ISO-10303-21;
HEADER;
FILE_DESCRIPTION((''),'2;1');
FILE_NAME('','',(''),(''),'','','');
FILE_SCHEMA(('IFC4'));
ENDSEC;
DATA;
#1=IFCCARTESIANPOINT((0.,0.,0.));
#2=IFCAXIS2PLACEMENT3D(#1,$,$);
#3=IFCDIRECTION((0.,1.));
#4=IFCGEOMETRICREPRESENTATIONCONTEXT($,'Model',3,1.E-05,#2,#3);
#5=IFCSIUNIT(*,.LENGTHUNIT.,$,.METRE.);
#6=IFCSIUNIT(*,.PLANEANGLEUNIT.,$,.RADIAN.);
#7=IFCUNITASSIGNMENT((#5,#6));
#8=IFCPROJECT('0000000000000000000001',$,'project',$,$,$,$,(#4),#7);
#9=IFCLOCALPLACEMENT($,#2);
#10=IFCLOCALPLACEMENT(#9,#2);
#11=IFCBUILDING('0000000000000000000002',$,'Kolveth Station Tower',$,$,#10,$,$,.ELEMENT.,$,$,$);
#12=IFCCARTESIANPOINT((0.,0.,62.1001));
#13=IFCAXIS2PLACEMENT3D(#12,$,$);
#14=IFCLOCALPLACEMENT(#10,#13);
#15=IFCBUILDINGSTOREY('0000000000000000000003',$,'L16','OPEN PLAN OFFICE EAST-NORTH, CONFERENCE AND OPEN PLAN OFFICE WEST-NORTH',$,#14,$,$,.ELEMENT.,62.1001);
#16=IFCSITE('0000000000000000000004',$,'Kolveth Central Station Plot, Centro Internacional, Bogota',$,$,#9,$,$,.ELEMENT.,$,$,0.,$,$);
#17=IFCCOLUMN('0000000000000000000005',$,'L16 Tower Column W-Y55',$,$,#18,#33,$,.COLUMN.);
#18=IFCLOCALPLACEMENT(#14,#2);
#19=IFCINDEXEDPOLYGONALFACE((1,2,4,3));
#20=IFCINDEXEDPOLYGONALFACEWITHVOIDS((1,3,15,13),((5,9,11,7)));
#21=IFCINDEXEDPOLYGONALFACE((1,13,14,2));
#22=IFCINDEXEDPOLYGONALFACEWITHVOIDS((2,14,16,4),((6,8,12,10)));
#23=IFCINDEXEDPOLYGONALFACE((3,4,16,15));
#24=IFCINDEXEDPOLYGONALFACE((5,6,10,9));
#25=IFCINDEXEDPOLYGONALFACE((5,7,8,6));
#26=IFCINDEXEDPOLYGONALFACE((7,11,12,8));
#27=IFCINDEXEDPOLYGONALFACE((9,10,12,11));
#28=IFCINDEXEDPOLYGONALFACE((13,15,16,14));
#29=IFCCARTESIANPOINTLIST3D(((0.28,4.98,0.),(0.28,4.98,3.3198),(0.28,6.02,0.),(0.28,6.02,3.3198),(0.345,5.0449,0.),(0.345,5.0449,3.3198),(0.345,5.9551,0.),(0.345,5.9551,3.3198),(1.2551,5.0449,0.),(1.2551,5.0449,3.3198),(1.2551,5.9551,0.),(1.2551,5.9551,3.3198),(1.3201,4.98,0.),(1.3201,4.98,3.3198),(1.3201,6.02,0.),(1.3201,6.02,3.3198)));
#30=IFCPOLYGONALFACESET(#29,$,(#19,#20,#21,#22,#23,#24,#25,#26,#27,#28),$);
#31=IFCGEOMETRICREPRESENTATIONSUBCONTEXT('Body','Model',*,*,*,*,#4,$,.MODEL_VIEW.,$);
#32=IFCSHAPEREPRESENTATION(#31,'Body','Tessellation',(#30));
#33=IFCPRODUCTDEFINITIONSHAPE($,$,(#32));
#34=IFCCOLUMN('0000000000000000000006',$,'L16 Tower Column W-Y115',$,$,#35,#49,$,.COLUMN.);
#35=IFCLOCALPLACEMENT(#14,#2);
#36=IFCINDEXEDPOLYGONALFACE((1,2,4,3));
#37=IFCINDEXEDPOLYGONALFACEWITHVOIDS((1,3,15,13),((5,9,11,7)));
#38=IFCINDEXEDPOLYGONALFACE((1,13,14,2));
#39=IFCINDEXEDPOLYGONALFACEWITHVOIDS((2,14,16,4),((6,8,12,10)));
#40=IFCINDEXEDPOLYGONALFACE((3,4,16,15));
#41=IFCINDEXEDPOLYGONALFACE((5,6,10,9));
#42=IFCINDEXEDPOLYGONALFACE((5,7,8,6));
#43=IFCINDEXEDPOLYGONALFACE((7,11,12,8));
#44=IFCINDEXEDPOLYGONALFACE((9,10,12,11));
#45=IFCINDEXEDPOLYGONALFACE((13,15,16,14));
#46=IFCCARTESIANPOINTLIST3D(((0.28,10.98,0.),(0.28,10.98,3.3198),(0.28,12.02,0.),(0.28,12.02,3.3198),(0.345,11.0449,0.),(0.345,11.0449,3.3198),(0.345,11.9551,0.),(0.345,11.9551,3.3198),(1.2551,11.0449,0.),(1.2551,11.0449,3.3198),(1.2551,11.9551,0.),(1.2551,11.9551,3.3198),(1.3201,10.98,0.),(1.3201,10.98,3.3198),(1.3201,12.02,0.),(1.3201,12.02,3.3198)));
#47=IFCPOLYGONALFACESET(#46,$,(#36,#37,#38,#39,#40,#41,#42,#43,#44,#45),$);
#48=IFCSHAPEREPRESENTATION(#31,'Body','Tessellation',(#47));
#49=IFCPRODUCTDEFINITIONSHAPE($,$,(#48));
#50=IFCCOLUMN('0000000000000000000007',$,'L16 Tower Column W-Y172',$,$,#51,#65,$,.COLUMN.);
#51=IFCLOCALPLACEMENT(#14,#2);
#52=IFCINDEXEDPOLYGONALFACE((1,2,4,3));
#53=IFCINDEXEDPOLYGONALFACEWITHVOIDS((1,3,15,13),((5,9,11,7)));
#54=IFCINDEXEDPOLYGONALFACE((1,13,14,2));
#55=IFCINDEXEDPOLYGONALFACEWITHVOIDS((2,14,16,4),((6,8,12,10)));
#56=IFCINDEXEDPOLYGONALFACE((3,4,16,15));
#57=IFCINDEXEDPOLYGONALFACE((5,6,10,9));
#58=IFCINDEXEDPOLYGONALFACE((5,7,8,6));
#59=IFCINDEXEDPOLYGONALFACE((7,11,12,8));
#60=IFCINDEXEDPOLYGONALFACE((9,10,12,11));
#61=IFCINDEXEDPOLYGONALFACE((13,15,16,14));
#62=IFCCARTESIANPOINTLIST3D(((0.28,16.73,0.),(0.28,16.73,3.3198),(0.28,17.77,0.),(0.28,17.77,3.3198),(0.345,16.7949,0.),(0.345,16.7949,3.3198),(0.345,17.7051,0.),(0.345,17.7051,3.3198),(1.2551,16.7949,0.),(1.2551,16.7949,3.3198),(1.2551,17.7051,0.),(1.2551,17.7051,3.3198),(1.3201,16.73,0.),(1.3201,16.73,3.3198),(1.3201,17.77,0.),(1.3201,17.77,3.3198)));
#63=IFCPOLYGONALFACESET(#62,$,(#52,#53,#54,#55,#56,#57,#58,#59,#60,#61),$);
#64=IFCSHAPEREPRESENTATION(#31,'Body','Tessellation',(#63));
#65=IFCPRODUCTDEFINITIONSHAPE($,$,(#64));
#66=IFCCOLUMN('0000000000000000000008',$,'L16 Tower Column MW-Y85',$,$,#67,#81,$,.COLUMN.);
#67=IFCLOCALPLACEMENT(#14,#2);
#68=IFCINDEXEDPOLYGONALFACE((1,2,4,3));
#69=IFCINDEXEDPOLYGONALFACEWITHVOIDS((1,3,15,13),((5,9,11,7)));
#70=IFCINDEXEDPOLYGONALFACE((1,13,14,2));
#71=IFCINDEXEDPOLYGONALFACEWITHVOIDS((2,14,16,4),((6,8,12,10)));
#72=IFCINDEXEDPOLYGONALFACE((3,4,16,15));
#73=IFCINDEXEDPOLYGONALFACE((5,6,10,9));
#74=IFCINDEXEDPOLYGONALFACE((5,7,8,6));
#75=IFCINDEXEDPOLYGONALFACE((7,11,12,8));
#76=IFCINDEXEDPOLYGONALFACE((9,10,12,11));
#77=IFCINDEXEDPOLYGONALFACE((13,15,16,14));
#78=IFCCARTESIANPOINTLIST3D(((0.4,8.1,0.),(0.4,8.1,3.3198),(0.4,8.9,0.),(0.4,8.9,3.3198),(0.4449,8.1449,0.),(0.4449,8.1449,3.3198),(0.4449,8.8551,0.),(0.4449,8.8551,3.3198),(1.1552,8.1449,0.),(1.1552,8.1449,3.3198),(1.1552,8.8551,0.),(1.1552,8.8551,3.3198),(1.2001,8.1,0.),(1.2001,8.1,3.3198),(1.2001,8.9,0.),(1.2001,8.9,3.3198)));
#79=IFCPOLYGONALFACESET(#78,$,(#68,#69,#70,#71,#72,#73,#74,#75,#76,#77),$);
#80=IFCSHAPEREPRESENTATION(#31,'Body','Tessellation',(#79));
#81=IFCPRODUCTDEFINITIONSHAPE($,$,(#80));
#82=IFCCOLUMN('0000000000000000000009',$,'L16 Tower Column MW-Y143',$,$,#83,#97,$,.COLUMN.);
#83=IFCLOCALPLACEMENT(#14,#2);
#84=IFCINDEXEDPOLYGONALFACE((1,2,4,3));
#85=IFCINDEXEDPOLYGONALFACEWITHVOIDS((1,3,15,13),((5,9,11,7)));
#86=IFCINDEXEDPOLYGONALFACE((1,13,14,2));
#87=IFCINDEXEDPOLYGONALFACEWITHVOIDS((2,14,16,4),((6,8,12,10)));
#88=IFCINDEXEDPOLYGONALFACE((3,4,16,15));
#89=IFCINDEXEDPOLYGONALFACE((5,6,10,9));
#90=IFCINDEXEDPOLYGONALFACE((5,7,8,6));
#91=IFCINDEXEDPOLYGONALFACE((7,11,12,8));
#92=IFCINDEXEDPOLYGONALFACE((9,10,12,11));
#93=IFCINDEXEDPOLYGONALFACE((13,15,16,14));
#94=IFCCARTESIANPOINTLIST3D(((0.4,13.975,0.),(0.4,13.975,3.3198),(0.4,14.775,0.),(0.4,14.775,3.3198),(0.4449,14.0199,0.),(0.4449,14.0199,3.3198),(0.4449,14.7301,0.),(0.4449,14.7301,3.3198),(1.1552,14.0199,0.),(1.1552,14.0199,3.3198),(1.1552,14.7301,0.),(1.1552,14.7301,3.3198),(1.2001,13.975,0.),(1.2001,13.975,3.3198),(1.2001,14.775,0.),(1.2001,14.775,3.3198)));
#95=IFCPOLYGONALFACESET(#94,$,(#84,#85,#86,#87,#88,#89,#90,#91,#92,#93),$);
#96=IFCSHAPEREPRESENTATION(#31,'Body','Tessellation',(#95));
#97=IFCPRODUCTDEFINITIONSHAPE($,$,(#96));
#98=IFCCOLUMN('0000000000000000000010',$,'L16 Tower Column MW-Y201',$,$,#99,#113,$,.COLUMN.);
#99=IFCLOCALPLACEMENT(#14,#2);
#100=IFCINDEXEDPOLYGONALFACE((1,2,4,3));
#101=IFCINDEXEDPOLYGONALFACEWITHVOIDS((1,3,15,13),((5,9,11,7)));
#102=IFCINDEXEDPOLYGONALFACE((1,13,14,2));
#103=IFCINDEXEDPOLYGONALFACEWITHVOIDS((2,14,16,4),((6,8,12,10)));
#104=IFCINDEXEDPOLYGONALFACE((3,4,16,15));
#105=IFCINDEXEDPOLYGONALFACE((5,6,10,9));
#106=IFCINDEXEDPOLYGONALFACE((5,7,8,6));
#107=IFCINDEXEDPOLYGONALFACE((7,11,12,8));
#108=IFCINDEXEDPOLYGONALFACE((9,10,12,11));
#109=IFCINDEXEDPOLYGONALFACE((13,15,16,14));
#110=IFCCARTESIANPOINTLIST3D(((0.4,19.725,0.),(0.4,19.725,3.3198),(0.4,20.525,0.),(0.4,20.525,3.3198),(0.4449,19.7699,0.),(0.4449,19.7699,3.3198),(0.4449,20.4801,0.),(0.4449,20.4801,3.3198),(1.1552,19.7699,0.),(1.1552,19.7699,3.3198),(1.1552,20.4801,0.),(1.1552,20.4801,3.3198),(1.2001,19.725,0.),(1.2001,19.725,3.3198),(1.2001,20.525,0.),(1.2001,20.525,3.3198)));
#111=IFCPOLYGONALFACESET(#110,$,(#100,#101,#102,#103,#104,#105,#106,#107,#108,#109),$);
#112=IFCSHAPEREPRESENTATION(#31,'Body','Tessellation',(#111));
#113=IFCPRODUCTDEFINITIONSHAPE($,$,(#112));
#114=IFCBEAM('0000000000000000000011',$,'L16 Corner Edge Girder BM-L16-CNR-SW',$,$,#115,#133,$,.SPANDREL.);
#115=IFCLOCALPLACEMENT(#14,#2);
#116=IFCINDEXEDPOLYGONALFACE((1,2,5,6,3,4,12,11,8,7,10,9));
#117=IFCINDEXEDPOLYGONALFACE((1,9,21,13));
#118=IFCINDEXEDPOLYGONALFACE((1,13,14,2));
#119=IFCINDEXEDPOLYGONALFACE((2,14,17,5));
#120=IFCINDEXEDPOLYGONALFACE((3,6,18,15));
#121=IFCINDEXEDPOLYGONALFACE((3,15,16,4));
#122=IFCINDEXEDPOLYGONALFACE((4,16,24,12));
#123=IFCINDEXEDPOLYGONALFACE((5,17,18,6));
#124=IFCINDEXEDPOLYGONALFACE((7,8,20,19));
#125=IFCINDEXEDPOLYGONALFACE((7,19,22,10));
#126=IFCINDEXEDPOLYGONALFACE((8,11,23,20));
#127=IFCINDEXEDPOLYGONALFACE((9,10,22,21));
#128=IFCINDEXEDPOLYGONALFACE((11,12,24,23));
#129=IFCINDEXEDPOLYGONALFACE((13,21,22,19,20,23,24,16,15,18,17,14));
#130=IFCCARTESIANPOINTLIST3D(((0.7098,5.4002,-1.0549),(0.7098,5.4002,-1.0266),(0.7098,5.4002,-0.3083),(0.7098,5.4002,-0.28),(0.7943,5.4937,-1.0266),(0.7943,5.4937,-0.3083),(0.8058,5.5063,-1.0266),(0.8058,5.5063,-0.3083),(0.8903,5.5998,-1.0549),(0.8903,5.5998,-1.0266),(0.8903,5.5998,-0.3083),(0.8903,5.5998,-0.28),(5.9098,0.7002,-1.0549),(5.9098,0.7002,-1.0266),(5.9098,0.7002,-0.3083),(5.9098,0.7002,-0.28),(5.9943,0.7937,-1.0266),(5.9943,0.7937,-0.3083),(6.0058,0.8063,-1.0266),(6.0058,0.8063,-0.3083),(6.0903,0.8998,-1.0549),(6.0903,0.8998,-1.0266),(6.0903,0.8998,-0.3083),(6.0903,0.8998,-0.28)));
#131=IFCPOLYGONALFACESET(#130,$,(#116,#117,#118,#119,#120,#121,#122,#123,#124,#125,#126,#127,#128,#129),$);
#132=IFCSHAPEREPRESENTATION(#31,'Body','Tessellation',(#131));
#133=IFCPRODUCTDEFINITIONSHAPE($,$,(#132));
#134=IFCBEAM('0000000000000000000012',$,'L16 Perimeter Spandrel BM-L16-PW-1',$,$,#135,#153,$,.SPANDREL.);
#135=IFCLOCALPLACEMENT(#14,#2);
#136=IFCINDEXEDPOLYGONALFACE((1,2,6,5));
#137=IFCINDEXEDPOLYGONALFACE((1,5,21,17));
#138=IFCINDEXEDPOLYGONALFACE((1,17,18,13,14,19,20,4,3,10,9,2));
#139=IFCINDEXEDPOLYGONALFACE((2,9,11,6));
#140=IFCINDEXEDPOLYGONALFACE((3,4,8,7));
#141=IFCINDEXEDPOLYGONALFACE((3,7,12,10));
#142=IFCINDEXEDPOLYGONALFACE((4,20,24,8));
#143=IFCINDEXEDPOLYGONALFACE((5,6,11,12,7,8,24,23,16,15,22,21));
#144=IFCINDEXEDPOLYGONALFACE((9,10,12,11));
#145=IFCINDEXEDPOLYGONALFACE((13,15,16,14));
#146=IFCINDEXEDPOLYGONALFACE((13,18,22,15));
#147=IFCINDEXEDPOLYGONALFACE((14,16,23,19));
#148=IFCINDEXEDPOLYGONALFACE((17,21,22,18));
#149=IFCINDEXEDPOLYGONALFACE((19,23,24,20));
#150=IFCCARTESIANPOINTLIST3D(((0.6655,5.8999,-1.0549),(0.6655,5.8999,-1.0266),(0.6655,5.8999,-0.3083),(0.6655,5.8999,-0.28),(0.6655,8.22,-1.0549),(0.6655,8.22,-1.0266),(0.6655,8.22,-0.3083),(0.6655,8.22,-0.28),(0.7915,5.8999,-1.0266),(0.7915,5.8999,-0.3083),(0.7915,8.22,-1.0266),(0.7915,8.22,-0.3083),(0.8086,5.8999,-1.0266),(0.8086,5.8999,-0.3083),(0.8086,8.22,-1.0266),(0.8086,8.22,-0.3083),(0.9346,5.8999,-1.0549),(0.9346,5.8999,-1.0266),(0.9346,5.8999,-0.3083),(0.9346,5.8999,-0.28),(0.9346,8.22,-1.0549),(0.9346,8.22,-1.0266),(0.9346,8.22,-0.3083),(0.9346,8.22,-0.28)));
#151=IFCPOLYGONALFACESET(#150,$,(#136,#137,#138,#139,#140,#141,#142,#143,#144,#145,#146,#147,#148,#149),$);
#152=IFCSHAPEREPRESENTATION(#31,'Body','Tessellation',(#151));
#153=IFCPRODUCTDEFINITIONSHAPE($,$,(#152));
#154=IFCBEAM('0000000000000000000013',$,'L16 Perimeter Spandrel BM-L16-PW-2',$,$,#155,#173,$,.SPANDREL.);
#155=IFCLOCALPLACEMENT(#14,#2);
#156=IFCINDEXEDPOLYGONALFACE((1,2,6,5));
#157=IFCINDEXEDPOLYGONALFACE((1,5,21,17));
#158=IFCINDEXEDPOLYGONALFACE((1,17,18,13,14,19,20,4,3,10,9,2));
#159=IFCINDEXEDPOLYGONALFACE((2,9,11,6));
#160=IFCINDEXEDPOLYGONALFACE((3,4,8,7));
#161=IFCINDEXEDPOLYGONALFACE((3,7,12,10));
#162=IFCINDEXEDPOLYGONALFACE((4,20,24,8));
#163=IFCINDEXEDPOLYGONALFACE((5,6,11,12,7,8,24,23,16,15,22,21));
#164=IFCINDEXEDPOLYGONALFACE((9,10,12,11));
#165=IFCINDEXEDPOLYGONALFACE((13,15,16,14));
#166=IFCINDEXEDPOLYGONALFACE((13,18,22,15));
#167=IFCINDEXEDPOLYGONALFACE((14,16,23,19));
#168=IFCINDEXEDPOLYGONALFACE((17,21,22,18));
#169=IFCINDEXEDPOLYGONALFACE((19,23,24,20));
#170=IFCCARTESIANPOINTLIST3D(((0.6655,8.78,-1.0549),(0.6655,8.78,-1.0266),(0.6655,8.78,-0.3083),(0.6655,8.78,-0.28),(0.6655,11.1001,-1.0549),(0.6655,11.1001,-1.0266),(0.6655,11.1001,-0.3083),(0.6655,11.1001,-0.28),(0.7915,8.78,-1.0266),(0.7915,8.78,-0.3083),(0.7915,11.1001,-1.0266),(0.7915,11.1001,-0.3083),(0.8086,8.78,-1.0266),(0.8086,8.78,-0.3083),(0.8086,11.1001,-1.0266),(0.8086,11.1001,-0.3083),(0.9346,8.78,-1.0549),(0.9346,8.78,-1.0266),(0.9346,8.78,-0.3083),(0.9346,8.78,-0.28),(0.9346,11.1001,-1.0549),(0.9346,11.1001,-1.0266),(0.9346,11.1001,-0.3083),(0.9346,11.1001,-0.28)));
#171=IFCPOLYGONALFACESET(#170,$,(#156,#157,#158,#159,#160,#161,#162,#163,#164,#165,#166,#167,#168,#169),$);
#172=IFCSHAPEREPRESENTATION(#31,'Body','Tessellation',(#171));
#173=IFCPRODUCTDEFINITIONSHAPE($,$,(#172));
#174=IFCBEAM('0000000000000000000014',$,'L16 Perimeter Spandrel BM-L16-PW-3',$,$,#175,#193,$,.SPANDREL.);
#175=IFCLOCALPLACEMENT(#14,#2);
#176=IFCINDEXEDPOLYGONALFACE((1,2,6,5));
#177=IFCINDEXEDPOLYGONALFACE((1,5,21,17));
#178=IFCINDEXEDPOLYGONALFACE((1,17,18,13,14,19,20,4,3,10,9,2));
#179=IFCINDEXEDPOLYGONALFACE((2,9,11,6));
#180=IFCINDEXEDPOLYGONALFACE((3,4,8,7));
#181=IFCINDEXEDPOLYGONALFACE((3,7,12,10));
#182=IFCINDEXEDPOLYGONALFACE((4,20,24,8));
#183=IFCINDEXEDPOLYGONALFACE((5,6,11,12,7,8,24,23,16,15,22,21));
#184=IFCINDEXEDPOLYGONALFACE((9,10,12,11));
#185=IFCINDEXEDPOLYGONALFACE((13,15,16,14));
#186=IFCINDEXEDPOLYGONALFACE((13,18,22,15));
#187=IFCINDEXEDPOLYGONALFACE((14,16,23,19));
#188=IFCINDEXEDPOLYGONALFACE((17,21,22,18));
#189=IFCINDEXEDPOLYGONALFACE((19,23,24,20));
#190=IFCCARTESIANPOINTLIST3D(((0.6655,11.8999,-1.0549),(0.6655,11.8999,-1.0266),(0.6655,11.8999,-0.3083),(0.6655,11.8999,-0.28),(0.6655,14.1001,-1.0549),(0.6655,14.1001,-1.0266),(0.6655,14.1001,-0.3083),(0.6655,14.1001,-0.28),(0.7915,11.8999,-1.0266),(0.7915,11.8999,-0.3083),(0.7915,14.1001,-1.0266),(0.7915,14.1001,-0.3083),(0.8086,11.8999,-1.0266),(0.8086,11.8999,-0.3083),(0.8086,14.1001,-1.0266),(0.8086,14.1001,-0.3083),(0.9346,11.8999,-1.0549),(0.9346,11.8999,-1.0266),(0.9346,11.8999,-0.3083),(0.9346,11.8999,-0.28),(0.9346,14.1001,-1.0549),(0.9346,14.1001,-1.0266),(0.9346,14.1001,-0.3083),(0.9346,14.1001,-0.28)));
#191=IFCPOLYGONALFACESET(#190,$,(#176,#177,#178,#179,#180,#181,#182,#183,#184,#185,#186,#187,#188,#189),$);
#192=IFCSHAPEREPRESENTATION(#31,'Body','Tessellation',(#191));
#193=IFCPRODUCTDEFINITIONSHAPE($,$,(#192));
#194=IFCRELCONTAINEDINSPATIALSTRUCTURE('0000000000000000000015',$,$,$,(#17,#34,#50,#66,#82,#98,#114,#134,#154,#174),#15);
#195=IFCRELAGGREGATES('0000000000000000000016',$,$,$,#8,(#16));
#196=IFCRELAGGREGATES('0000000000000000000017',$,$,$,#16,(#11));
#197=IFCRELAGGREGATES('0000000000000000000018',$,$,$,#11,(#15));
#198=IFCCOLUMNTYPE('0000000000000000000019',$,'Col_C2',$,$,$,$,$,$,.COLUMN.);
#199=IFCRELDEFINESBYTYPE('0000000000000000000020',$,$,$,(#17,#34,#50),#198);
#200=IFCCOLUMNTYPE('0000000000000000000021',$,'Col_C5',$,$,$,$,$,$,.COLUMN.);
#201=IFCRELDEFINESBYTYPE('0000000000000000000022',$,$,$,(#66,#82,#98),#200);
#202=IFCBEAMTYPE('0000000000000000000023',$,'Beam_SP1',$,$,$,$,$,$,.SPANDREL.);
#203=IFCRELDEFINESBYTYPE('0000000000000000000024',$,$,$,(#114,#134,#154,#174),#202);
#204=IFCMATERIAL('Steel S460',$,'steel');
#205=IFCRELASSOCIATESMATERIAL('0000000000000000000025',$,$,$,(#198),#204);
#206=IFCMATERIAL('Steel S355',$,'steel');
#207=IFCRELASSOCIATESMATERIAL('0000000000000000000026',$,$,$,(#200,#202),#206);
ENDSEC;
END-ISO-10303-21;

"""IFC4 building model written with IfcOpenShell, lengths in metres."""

from ifc_helpers import new_model, si_unit, direction, frame, origin, origin_2d, place, context, subcontext, project, spatial, hollow_rectangle, i_section, extrude, source, transform, mapped, material, material_profile, profile_set, type_object, element, save


model = new_model("IFC4")

# Units and contexts
model_context = context("Model", 3, precision=1e-05, world=origin(), true_north=direction((0.0, 1.0)))
body_context = subcontext(model_context, "Body", "Model", "MODEL_VIEW")
ifc_project = project(units=[si_unit("LENGTHUNIT", "METRE"), si_unit("PLANEANGLEUNIT", "RADIAN")], contexts=[model_context])

# Site, building, storey
site_placement = place(None, origin())
site = spatial("IfcSite", under=ifc_project, at=site_placement, Name="Kolveth Central Station Plot, Centro Internacional, Bogota", CompositionType="ELEMENT", RefElevation=0.0)
building_placement = place(site_placement, origin())
building = spatial("IfcBuilding", under=site, at=building_placement, Name="Kolveth Station Tower", CompositionType="ELEMENT")
storey_placement = place(building_placement, frame((0.0, 0.0, 62.1001)))
storey = spatial("IfcBuildingStorey", under=building, at=storey_placement, Name="L16", Description="OPEN PLAN OFFICE EAST-NORTH, CONFERENCE AND OPEN PLAN OFFICE WEST-NORTH", CompositionType="ELEMENT", Elevation=62.1001)

# Columns
ifc_material_1 = material(Name="Steel S460", Category="steel")
ifc_material_profile_1 = material_profile(ifc_material_1, hollow_rectangle(XDim=1.04, YDim=1.04, WallThickness=0.0649, at=origin_2d()), Name="BOX1040x1040x65")
ifc_profile_set_1 = profile_set([ifc_material_profile_1], Name="Steel S460")
column_type_1 = type_object("IfcColumnType", Name="Col_C2", PredefinedType="COLUMN", material=ifc_profile_set_1)
shared_shape_1 = source(origin(), body_context, "Body", "SweptSolid", [
    extrude(hollow_rectangle(XDim=1.04, YDim=1.04, WallThickness=0.0649, at=origin_2d()), origin(), (0.0, 0.0, 1.0), 3.3198),
])
for number, where, z_axis, x_axis, name in (
    (1, (0.8, 5.5, 0.0), (0.0, 0.0, 1.0), (1.0, 0.0, 0.0), "L16 Tower Column W-Y55"),
    (2, (0.8, 11.5, 0.0), (0.0, 0.0, 1.0), (1.0, 0.0, 0.0), "L16 Tower Column W-Y115"),
    (3, (0.8, 17.25, 0.0), (0.0, 0.0, 1.0), (1.0, 0.0, 0.0), "L16 Tower Column W-Y172"),
):
    element("IfcColumn", number, at=place(storey_placement, frame(where, z_axis=z_axis, x_axis=x_axis)), inside=storey, type_object=column_type_1, Name=name, PredefinedType="COLUMN", context=body_context, shape_type="MappedRepresentation", body=[
        mapped(shared_shape_1, transform((0.0, 0.0, 0.0), x_axis=(1.0, 0.0, 0.0), y_axis=(0.0, 1.0, 0.0), z_axis=(0.0, 0.0, 1.0), scale=1.0)),
    ])
ifc_material_2 = material(Name="Steel S355", Category="steel")
ifc_material_profile_2 = material_profile(ifc_material_2, hollow_rectangle(XDim=0.8, YDim=0.8, WallThickness=0.0449, at=origin_2d()), Name="BOX800x800x45")
ifc_profile_set_2 = profile_set([ifc_material_profile_2], Name="Steel S355")
column_type_2 = type_object("IfcColumnType", Name="Col_C5", PredefinedType="COLUMN", material=ifc_profile_set_2)
shared_shape_2 = source(origin(), body_context, "Body", "SweptSolid", [
    extrude(hollow_rectangle(XDim=0.8, YDim=0.8, WallThickness=0.0449, at=origin_2d()), origin(), (0.0, 0.0, 1.0), 3.3198),
])
for number, where, z_axis, x_axis, name in (
    (4, (0.8, 8.5, 0.0), (0.0, 0.0, 1.0), (1.0, 0.0, 0.0), "L16 Tower Column MW-Y85"),
    (5, (0.8, 14.375, 0.0), (0.0, 0.0, 1.0), (1.0, 0.0, 0.0), "L16 Tower Column MW-Y143"),
    (6, (0.8, 20.125, 0.0), (0.0, 0.0, 1.0), (1.0, 0.0, 0.0), "L16 Tower Column MW-Y201"),
):
    element("IfcColumn", number, at=place(storey_placement, frame(where, z_axis=z_axis, x_axis=x_axis)), inside=storey, type_object=column_type_2, Name=name, PredefinedType="COLUMN", context=body_context, shape_type="MappedRepresentation", body=[
        mapped(shared_shape_2, transform((0.0, 0.0, 0.0), x_axis=(1.0, 0.0, 0.0), y_axis=(0.0, 1.0, 0.0), z_axis=(0.0, 0.0, 1.0), scale=1.0)),
    ])

# Beams
ifc_material_profile_3 = material_profile(ifc_material_2, i_section(OverallWidth=0.269, OverallDepth=0.7749, WebThickness=0.0171, FlangeThickness=0.0283, at=origin_2d()), Name="W760x220")
ifc_profile_set_3 = profile_set([ifc_material_profile_3], Name="Steel S355")
beam_type_1 = type_object("IfcBeamType", Name="Beam_SP1", PredefinedType="SPANDREL", material=ifc_profile_set_3)
shared_shape_3 = source(origin(), body_context, "Body", "SweptSolid", [
    extrude(i_section(OverallWidth=0.269, OverallDepth=0.7749, WebThickness=0.0171, FlangeThickness=0.0283, at=origin_2d()), origin(), (0.0, 0.0, 1.0), 7.0093),
])
beam_1_placement = place(storey_placement, frame((0.8, 5.5, -0.6675), z_axis=(0.741874, -0.670539, 0.0), x_axis=(0.670539, 0.741874, 0.0)))
element("IfcBeam", 7, at=beam_1_placement, inside=storey, type_object=beam_type_1, Name="L16 Corner Edge Girder BM-L16-CNR-SW", PredefinedType="SPANDREL", context=body_context, shape_type="MappedRepresentation", body=[
    mapped(shared_shape_3, transform((0.0, 0.0, 0.0), x_axis=(1.0, 0.0, 0.0), y_axis=(0.0, 1.0, 0.0), z_axis=(0.0, 0.0, 1.0), scale=1.0)),
])
shared_shape_4 = source(origin(), body_context, "Body", "SweptSolid", [
    extrude(i_section(OverallWidth=0.269, OverallDepth=0.7749, WebThickness=0.0171, FlangeThickness=0.0283, at=origin_2d()), origin(), (0.0, 0.0, 1.0), 2.3201),
])
for number, where, z_axis, x_axis, name in (
    (8, (0.8, 5.8999, -0.6675), (0.0, 1.0, 0.0), (-1.0, 0.0, 0.0), "L16 Perimeter Spandrel BM-L16-PW-1"),
    (9, (0.8, 8.78, -0.6675), (0.0, 1.0, 0.0), (-1.0, 0.0, 0.0), "L16 Perimeter Spandrel BM-L16-PW-2"),
):
    element("IfcBeam", number, at=place(storey_placement, frame(where, z_axis=z_axis, x_axis=x_axis)), inside=storey, type_object=beam_type_1, Name=name, PredefinedType="SPANDREL", context=body_context, shape_type="MappedRepresentation", body=[
        mapped(shared_shape_4, transform((0.0, 0.0, 0.0), x_axis=(1.0, 0.0, 0.0), y_axis=(0.0, 1.0, 0.0), z_axis=(0.0, 0.0, 1.0), scale=1.0)),
    ])
shared_shape_5 = source(origin(), body_context, "Body", "SweptSolid", [
    extrude(i_section(OverallWidth=0.269, OverallDepth=0.7749, WebThickness=0.0171, FlangeThickness=0.0283, at=origin_2d()), origin(), (0.0, 0.0, 1.0), 2.2002),
])
beam_2_placement = place(storey_placement, frame((0.8, 11.8999, -0.6675), z_axis=(0.0, 1.0, 0.0), x_axis=(-1.0, 0.0, 0.0)))
element("IfcBeam", 10, at=beam_2_placement, inside=storey, type_object=beam_type_1, Name="L16 Perimeter Spandrel BM-L16-PW-3", PredefinedType="SPANDREL", context=body_context, shape_type="MappedRepresentation", body=[
    mapped(shared_shape_5, transform((0.0, 0.0, 0.0), x_axis=(1.0, 0.0, 0.0), y_axis=(0.0, 1.0, 0.0), z_axis=(0.0, 0.0, 1.0), scale=1.0)),
])

save(model, "model.ifc")
